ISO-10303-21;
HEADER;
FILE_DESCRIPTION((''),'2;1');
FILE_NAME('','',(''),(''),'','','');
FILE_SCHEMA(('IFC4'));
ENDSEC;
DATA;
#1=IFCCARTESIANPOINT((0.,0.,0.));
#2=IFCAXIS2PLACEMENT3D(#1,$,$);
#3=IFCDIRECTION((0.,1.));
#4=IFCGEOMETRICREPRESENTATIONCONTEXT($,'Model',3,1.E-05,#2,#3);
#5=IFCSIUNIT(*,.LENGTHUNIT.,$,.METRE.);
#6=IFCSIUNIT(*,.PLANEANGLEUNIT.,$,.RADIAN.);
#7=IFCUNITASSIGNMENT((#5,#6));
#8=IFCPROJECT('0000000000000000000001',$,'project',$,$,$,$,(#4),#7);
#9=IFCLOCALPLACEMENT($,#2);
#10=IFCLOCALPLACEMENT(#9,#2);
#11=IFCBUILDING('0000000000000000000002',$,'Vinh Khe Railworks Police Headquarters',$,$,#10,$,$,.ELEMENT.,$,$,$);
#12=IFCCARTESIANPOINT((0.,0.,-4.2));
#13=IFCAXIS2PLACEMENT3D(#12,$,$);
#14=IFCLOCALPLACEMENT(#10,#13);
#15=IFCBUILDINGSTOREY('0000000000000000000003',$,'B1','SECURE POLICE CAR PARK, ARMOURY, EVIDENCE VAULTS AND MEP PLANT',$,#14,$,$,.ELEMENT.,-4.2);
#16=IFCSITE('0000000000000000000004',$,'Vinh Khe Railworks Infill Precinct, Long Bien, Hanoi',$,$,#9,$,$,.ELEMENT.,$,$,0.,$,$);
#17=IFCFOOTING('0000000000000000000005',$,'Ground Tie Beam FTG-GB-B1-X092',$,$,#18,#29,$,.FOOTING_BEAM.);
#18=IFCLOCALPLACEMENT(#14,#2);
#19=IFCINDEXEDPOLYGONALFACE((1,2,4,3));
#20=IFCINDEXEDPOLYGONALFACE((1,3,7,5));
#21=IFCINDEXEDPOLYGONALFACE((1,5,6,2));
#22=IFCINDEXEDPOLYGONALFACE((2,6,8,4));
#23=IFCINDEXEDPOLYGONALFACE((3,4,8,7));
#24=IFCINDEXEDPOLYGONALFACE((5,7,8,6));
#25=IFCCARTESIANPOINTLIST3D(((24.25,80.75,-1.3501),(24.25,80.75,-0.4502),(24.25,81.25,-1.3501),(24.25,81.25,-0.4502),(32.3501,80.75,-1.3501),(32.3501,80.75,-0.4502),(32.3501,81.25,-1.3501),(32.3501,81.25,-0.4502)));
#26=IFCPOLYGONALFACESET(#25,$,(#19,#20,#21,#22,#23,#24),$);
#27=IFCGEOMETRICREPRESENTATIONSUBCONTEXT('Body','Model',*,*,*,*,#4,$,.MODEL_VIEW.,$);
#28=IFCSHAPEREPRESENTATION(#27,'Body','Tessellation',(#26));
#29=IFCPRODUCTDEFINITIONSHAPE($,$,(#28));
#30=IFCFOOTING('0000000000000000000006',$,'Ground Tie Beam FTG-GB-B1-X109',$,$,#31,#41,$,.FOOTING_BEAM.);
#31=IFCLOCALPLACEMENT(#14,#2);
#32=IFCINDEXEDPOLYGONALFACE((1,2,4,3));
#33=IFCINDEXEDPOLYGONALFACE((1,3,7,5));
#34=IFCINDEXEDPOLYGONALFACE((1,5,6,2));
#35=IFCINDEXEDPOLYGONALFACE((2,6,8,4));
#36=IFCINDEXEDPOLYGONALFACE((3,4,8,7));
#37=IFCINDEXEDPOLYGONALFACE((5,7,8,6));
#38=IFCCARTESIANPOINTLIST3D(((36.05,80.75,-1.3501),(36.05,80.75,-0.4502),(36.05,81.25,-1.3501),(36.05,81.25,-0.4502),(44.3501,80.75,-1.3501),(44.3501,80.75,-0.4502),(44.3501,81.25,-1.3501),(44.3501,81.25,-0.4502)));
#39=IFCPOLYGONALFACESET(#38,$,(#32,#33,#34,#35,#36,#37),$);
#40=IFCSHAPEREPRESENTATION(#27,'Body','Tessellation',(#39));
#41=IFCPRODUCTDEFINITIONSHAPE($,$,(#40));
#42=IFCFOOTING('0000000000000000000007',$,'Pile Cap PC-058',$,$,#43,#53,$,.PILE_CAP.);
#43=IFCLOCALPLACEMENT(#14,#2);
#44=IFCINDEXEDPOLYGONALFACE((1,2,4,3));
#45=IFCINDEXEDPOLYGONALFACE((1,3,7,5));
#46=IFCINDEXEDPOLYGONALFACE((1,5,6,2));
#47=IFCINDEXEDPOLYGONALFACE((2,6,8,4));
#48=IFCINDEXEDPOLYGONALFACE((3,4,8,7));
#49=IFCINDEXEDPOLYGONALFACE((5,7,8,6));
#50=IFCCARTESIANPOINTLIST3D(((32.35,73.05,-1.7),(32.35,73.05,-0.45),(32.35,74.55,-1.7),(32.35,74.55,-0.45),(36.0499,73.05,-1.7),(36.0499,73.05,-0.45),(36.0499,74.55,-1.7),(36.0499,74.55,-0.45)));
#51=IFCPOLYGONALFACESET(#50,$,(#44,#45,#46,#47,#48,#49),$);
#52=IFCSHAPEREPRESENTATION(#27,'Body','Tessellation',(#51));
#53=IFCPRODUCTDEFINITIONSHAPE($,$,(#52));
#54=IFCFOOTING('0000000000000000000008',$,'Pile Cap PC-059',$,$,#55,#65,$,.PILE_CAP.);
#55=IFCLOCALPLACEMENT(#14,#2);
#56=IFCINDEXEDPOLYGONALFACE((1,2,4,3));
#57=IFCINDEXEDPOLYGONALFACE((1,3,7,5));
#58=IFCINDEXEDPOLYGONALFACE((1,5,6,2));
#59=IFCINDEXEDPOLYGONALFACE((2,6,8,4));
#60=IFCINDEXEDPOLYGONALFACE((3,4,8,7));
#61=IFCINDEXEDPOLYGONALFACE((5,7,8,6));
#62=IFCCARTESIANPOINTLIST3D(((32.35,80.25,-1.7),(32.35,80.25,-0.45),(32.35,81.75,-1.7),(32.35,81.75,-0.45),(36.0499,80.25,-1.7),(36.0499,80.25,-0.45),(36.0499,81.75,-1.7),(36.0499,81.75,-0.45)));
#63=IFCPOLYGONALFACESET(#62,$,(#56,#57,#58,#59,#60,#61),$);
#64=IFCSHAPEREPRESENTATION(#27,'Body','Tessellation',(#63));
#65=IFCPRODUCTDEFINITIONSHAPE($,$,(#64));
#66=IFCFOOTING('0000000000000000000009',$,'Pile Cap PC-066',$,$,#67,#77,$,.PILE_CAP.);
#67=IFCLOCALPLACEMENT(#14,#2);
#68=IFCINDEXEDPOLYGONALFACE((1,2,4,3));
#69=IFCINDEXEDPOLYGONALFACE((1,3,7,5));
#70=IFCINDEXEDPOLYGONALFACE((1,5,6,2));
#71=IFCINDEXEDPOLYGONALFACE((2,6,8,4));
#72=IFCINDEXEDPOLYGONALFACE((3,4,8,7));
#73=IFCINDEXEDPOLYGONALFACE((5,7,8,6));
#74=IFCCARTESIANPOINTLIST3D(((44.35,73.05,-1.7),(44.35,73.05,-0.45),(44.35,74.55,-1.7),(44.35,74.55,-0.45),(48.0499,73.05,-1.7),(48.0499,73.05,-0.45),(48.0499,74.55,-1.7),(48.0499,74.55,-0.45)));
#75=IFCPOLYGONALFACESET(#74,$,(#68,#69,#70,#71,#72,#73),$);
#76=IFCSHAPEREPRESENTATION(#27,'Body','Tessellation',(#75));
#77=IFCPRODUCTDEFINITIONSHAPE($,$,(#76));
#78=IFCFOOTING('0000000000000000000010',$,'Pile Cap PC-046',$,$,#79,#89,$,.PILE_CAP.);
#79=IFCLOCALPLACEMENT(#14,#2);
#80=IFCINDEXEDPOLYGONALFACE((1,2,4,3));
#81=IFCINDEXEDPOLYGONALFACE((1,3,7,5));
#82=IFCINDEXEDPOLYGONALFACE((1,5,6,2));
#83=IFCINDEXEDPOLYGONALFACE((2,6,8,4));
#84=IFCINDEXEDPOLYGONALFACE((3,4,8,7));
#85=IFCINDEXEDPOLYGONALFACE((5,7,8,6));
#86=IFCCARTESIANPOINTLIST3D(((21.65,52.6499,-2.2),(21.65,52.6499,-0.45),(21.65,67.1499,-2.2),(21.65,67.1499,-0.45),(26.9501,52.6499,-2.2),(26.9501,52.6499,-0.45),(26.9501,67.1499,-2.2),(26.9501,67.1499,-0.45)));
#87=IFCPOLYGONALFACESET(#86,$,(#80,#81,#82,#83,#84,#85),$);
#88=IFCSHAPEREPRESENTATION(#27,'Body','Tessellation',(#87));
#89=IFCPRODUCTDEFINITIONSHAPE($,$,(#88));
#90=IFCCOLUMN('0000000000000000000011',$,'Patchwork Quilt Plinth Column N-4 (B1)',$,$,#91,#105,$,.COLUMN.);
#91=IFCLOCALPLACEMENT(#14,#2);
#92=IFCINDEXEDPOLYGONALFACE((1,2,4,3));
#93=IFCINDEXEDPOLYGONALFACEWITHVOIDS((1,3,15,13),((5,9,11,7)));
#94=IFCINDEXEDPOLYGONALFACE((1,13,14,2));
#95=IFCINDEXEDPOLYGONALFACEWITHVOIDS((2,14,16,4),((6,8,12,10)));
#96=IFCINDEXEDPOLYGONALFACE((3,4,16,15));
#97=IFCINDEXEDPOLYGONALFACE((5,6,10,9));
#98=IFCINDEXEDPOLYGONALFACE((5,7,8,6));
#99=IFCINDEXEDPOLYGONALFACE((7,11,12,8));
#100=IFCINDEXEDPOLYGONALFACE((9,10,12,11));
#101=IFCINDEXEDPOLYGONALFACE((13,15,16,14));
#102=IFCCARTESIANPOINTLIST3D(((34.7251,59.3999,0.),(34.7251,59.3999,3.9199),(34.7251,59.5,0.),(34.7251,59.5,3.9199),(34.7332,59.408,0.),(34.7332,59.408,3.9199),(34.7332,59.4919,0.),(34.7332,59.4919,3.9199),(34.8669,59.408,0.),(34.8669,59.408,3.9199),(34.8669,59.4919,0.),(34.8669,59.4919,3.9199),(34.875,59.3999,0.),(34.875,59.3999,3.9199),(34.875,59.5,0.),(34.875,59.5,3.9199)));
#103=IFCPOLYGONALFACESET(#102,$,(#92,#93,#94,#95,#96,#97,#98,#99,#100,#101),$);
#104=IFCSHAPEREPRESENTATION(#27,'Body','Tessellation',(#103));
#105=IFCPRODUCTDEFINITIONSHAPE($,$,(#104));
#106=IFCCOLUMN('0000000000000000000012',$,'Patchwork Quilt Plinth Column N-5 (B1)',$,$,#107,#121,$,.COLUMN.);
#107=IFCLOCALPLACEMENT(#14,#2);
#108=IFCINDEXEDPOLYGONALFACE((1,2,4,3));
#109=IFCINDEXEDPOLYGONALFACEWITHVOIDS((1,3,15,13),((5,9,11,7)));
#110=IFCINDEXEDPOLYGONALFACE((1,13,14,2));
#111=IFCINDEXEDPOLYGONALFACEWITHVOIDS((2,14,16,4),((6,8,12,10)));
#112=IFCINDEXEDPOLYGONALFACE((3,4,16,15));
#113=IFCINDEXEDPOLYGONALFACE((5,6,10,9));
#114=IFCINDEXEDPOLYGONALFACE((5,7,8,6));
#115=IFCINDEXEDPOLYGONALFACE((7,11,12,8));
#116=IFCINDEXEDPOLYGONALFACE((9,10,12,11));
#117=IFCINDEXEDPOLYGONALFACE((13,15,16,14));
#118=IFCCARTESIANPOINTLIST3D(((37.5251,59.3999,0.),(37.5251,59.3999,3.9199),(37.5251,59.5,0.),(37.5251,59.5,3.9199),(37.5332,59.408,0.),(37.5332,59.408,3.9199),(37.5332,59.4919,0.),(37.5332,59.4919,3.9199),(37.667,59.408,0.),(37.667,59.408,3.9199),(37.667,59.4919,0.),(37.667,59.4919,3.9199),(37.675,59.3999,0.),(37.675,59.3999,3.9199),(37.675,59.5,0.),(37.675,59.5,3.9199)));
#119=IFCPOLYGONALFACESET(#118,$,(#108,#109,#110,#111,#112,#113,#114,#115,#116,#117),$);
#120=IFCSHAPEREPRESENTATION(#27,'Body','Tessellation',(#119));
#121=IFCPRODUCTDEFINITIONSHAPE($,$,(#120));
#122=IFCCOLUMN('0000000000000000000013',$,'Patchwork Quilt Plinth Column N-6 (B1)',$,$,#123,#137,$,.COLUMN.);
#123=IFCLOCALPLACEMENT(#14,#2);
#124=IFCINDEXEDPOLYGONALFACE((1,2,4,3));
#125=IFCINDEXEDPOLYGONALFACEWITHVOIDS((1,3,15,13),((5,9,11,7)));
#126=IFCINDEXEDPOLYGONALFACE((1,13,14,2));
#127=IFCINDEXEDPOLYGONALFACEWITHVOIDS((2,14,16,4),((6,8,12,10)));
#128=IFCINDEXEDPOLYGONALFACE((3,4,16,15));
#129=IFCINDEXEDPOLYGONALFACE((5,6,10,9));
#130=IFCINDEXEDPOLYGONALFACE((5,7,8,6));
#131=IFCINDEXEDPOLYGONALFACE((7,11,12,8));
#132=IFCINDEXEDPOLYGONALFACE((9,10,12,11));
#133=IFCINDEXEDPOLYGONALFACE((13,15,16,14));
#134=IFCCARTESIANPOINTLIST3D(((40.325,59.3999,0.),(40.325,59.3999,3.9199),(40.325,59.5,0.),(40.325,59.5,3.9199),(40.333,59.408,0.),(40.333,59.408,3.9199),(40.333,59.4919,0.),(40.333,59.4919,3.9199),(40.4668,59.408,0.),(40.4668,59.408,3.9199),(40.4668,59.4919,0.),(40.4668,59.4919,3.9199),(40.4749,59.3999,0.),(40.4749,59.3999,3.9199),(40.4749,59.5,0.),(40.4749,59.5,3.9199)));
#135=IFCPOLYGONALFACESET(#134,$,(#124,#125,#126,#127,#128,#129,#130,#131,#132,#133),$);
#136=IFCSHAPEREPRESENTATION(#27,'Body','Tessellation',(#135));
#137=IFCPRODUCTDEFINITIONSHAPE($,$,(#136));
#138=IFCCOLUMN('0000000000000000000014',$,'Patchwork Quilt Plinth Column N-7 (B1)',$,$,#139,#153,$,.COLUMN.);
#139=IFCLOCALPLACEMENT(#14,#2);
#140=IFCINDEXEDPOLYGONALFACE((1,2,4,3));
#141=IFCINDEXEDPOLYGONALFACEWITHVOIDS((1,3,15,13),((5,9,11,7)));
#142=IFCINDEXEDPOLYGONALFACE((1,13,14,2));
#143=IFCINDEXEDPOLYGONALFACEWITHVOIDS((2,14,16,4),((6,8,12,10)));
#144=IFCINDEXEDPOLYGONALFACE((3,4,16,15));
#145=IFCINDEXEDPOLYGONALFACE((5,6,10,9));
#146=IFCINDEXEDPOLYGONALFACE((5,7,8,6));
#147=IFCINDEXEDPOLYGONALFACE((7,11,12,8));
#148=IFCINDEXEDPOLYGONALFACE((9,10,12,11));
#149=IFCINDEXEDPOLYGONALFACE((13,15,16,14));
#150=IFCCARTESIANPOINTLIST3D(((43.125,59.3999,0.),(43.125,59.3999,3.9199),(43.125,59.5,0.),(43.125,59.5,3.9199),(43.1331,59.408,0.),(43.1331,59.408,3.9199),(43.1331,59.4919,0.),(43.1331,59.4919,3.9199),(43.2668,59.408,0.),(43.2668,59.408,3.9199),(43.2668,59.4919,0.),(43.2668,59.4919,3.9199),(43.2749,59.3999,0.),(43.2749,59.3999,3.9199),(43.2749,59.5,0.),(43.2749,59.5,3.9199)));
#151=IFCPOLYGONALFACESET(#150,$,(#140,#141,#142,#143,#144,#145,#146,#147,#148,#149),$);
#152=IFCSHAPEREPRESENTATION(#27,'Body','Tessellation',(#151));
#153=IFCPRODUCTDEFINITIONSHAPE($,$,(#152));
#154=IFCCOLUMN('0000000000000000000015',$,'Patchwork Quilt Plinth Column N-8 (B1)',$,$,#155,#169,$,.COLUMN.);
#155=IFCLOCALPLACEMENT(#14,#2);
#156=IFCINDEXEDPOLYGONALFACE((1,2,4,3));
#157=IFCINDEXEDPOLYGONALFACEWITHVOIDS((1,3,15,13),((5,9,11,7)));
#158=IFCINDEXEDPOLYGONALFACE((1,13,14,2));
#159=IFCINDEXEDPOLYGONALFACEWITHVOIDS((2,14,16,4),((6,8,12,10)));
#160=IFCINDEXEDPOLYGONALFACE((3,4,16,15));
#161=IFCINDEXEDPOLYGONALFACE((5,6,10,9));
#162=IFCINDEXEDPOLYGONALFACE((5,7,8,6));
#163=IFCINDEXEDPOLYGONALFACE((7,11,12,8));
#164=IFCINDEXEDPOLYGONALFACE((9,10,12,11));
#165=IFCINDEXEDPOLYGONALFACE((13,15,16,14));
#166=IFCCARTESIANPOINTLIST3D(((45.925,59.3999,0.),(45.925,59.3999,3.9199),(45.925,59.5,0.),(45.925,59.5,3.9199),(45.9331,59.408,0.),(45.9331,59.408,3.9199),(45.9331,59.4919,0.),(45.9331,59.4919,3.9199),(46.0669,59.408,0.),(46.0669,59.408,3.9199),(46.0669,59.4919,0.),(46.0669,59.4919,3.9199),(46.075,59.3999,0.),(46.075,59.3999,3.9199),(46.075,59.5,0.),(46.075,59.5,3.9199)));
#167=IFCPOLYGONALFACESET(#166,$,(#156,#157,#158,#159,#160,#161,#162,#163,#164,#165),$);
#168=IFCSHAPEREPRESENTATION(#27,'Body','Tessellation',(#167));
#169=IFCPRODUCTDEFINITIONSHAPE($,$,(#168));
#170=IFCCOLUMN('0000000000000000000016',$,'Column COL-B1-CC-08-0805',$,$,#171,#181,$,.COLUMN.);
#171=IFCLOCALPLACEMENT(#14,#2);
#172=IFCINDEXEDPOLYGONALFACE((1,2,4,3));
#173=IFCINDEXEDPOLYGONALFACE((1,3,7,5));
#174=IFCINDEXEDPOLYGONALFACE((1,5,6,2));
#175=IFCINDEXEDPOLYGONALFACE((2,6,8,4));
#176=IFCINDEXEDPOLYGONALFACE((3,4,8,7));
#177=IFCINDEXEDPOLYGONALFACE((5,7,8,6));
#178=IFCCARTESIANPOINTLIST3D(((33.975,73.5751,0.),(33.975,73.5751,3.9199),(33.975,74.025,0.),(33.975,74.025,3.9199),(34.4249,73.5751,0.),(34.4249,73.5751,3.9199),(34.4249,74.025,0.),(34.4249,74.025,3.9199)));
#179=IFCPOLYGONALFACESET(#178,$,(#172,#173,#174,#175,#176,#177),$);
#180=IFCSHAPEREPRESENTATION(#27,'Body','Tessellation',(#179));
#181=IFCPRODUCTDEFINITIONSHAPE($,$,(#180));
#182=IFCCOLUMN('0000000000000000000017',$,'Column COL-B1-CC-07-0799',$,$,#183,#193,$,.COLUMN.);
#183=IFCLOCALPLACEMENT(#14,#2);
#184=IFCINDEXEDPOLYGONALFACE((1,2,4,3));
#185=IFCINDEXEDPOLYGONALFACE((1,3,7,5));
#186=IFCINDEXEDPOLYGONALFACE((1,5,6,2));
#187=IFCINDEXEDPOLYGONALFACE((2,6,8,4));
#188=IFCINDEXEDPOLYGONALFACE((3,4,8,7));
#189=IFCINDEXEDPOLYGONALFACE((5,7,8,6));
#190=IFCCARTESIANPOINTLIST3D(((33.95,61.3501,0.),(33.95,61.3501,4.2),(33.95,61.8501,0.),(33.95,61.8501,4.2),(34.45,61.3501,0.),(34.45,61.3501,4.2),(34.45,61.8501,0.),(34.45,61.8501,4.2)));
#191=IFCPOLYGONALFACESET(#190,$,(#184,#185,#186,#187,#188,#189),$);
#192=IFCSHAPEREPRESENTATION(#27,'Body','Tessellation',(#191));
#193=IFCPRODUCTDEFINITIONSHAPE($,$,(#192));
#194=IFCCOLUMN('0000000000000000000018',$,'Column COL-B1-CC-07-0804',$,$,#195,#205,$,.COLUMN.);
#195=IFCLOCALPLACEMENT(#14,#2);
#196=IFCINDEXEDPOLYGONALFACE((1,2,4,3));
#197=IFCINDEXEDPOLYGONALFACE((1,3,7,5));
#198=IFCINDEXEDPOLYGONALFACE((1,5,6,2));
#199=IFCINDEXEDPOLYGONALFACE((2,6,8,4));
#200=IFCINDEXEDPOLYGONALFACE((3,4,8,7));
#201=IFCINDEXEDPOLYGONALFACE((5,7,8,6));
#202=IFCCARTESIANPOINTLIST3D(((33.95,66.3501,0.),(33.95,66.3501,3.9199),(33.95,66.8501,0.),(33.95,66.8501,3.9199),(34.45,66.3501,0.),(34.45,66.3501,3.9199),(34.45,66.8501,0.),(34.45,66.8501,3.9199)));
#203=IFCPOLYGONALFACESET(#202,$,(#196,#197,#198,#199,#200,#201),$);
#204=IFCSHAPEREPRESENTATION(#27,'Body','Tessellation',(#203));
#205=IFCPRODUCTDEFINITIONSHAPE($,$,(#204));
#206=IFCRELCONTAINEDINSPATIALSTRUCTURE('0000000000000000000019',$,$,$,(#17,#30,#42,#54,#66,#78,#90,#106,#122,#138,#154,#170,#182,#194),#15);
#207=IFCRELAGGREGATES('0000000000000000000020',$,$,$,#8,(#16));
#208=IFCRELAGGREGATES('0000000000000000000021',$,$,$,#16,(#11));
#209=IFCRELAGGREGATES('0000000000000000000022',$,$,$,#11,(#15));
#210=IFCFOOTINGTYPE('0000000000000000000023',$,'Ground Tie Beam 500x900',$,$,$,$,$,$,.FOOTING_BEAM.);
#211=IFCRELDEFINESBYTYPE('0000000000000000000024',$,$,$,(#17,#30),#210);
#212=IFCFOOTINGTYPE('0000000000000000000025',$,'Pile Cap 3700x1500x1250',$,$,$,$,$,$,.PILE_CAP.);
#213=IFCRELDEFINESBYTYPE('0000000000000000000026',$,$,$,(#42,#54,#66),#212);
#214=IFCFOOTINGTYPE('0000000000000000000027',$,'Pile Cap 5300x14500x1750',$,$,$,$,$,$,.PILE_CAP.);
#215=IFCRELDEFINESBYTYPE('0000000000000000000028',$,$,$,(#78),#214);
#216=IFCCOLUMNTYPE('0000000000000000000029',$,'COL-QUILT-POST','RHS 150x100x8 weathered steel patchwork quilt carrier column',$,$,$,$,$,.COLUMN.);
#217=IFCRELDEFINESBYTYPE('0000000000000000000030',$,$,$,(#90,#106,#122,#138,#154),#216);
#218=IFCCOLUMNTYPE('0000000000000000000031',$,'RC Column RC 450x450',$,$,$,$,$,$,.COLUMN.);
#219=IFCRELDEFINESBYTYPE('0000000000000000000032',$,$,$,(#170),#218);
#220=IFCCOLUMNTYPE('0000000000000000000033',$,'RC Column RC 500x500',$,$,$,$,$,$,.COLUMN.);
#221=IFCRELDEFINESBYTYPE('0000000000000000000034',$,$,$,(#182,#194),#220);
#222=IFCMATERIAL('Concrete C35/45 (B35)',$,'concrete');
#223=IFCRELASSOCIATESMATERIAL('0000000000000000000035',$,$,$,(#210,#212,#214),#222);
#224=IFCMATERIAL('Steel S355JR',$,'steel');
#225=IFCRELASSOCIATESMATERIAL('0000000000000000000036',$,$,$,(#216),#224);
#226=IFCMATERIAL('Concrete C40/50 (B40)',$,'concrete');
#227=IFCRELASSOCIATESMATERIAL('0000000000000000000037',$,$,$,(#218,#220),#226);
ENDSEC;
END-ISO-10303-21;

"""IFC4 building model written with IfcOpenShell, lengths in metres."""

from ifc_helpers import new_model, si_unit, direction, frame, origin, origin_2d, place, context, subcontext, project, spatial, rectangle, hollow_rectangle, extrude, material, material_profile, profile_set, type_object, element, save


model = new_model("IFC4")

# Units and contexts
model_context = context("Model", 3, precision=1e-05, world=origin(), true_north=direction((0.0, 1.0)))
body_context = subcontext(model_context, "Body", "Model", "MODEL_VIEW")
ifc_project = project(units=[si_unit("LENGTHUNIT", "METRE"), si_unit("PLANEANGLEUNIT", "RADIAN")], contexts=[model_context])

# Site, building, storey
site_placement = place(None, origin())
site = spatial("IfcSite", under=ifc_project, at=site_placement, Name="Vinh Khe Railworks Infill Precinct, Long Bien, Hanoi", CompositionType="ELEMENT", RefElevation=0.0)
building_placement = place(site_placement, origin())
building = spatial("IfcBuilding", under=site, at=building_placement, Name="Vinh Khe Railworks Police Headquarters", CompositionType="ELEMENT")
storey_placement = place(building_placement, frame((0.0, 0.0, -4.2)))
storey = spatial("IfcBuildingStorey", under=building, at=storey_placement, Name="B1", Description="SECURE POLICE CAR PARK, ARMOURY, EVIDENCE VAULTS AND MEP PLANT", CompositionType="ELEMENT", Elevation=-4.2)

# Shared definitions
ifc_material_1 = material(Name="Concrete C35/45 (B35)", Category="concrete")

# Footings
ifc_material_profile_1 = material_profile(ifc_material_1, rectangle(XDim=0.5, YDim=0.8999, at=origin_2d()), Name="RC 500x900")
ifc_profile_set_1 = profile_set([ifc_material_profile_1], Name="Concrete C35/45 (B35)")
footing_type_1 = type_object("IfcFootingType", Name="Ground Tie Beam 500x900", PredefinedType="FOOTING_BEAM", material=ifc_profile_set_1)
footing_1_placement = place(storey_placement, frame((24.25, 81.0, -0.9001), z_axis=(1.0, 0.0, 0.0), x_axis=(0.0, 1.0, 0.0)))
element("IfcFooting", 1, at=footing_1_placement, inside=storey, type_object=footing_type_1, Name="Ground Tie Beam FTG-GB-B1-X092", PredefinedType="FOOTING_BEAM", context=body_context, shape_type="SweptSolid", body=[
    extrude(rectangle(XDim=0.5, YDim=0.8999, at=origin_2d()), origin(), (0.0, 0.0, 1.0), 8.1001),
])
footing_2_placement = place(storey_placement, frame((36.05, 81.0, -0.9001), z_axis=(1.0, 0.0, 0.0), x_axis=(0.0, 1.0, 0.0)))
element("IfcFooting", 2, at=footing_2_placement, inside=storey, type_object=footing_type_1, Name="Ground Tie Beam FTG-GB-B1-X109", PredefinedType="FOOTING_BEAM", context=body_context, shape_type="SweptSolid", body=[
    extrude(rectangle(XDim=0.5, YDim=0.8999, at=origin_2d()), origin(), (0.0, 0.0, 1.0), 8.3),
])
footing_type_2 = type_object("IfcFootingType", Name="Pile Cap 3700x1500x1250", PredefinedType="PILE_CAP", material=ifc_material_1)
for number, where, z_axis, x_axis, name in (
    (3, (34.2, 73.8, -1.7), (0.0, 0.0, 1.0), (1.0, 0.0, 0.0), "Pile Cap PC-058"),
    (4, (34.2, 81.0, -1.7), (0.0, 0.0, 1.0), (1.0, 0.0, 0.0), "Pile Cap PC-059"),
    (5, (46.2, 73.8, -1.7), (0.0, 0.0, 1.0), (1.0, 0.0, 0.0), "Pile Cap PC-066"),
):
    element("IfcFooting", number, at=place(storey_placement, frame(where, z_axis=z_axis, x_axis=x_axis)), inside=storey, type_object=footing_type_2, Name=name, PredefinedType="PILE_CAP", context=body_context, shape_type="SweptSolid", body=[
        extrude(rectangle(XDim=3.7, YDim=1.5, at=origin_2d()), origin(), (0.0, 0.0, 1.0), 1.25),
    ])
footing_type_3 = type_object("IfcFootingType", Name="Pile Cap 5300x14500x1750", PredefinedType="PILE_CAP", material=ifc_material_1)
footing_3_placement = place(storey_placement, frame((24.3, 59.8999, -2.2), z_axis=(0.0, 0.0, 1.0), x_axis=(1.0, 0.0, 0.0)))
element("IfcFooting", 6, at=footing_3_placement, inside=storey, type_object=footing_type_3, Name="Pile Cap PC-046", PredefinedType="PILE_CAP", context=body_context, shape_type="SweptSolid", body=[
    extrude(rectangle(XDim=5.3, YDim=14.5, at=origin_2d()), origin(), (0.0, 0.0, 1.0), 1.75),
])

# Columns
ifc_material_2 = material(Name="Steel S355JR", Category="steel")
ifc_material_profile_2 = material_profile(ifc_material_2, hollow_rectangle(XDim=0.1499, YDim=0.1001, WallThickness=0.0081, at=origin_2d()), Name="RHS 150x100x8")
ifc_profile_set_2 = profile_set([ifc_material_profile_2], Name="Steel S355JR")
column_type_1 = type_object("IfcColumnType", Name="COL-QUILT-POST", Description="RHS 150x100x8 weathered steel patchwork quilt carrier column", PredefinedType="COLUMN", material=ifc_profile_set_2)
for number, where, z_axis, x_axis, name in (
    (7, (34.8, 59.45, 0.0), (0.0, 0.0, 1.0), (1.0, 0.0, 0.0), "Patchwork Quilt Plinth Column N-4 (B1)"),
    (8, (37.6001, 59.45, 0.0), (0.0, 0.0, 1.0), (1.0, 0.0, 0.0), "Patchwork Quilt Plinth Column N-5 (B1)"),
    (9, (40.3999, 59.45, 0.0), (0.0, 0.0, 1.0), (1.0, 0.0, 0.0), "Patchwork Quilt Plinth Column N-6 (B1)"),
    (10, (43.2, 59.45, 0.0), (0.0, 0.0, 1.0), (1.0, 0.0, 0.0), "Patchwork Quilt Plinth Column N-7 (B1)"),
    (11, (46.0, 59.45, 0.0), (0.0, 0.0, 1.0), (1.0, 0.0, 0.0), "Patchwork Quilt Plinth Column N-8 (B1)"),
):
    element("IfcColumn", number, at=place(storey_placement, frame(where, z_axis=z_axis, x_axis=x_axis)), inside=storey, type_object=column_type_1, Name=name, PredefinedType="COLUMN", context=body_context, shape_type="SweptSolid", body=[
        extrude(hollow_rectangle(XDim=0.1499, YDim=0.1001, WallThickness=0.0081, at=origin_2d()), origin(), (0.0, 0.0, 1.0), 3.9199),
    ])
ifc_material_3 = material(Name="Concrete C40/50 (B40)", Category="concrete")
ifc_material_profile_3 = material_profile(ifc_material_3, rectangle(XDim=0.45, YDim=0.45, at=origin_2d()), Name="RC 450x450")
ifc_profile_set_3 = profile_set([ifc_material_profile_3], Name="Concrete C40/50 (B40)")
column_type_2 = type_object("IfcColumnType", Name="RC Column RC 450x450", PredefinedType="COLUMN", material=ifc_profile_set_3)
column_1_placement = place(storey_placement, frame((34.2, 73.8, 0.0), z_axis=(0.0, 0.0, 1.0), x_axis=(1.0, 0.0, 0.0)))
element("IfcColumn", 12, at=column_1_placement, inside=storey, type_object=column_type_2, Name="Column COL-B1-CC-08-0805", PredefinedType="COLUMN", context=body_context, shape_type="SweptSolid", body=[
    extrude(rectangle(XDim=0.45, YDim=0.45, at=origin_2d()), origin(), (0.0, 0.0, 1.0), 3.9199),
])
ifc_material_profile_4 = material_profile(ifc_material_3, rectangle(XDim=0.5, YDim=0.5, at=origin_2d()), Name="RC 500x500")
ifc_profile_set_4 = profile_set([ifc_material_profile_4], Name="Concrete C40/50 (B40)")
column_type_3 = type_object("IfcColumnType", Name="RC Column RC 500x500", PredefinedType="COLUMN", material=ifc_profile_set_4)
column_2_placement = place(storey_placement, frame((34.2, 61.6001, 0.0), z_axis=(0.0, 0.0, 1.0), x_axis=(1.0, 0.0, 0.0)))
element("IfcColumn", 13, at=column_2_placement, inside=storey, type_object=column_type_3, Name="Column COL-B1-CC-07-0799", PredefinedType="COLUMN", context=body_context, shape_type="SweptSolid", body=[
    extrude(rectangle(XDim=0.5, YDim=0.5, at=origin_2d()), origin(), (0.0, 0.0, 1.0), 4.2),
])
column_3_placement = place(storey_placement, frame((34.2, 66.6001, 0.0), z_axis=(0.0, 0.0, 1.0), x_axis=(1.0, 0.0, 0.0)))
element("IfcColumn", 14, at=column_3_placement, inside=storey, type_object=column_type_3, Name="Column COL-B1-CC-07-0804", PredefinedType="COLUMN", context=body_context, shape_type="SweptSolid", body=[
    extrude(rectangle(XDim=0.5, YDim=0.5, at=origin_2d()), origin(), (0.0, 0.0, 1.0), 3.9199),
])

save(model, "model.ifc")
